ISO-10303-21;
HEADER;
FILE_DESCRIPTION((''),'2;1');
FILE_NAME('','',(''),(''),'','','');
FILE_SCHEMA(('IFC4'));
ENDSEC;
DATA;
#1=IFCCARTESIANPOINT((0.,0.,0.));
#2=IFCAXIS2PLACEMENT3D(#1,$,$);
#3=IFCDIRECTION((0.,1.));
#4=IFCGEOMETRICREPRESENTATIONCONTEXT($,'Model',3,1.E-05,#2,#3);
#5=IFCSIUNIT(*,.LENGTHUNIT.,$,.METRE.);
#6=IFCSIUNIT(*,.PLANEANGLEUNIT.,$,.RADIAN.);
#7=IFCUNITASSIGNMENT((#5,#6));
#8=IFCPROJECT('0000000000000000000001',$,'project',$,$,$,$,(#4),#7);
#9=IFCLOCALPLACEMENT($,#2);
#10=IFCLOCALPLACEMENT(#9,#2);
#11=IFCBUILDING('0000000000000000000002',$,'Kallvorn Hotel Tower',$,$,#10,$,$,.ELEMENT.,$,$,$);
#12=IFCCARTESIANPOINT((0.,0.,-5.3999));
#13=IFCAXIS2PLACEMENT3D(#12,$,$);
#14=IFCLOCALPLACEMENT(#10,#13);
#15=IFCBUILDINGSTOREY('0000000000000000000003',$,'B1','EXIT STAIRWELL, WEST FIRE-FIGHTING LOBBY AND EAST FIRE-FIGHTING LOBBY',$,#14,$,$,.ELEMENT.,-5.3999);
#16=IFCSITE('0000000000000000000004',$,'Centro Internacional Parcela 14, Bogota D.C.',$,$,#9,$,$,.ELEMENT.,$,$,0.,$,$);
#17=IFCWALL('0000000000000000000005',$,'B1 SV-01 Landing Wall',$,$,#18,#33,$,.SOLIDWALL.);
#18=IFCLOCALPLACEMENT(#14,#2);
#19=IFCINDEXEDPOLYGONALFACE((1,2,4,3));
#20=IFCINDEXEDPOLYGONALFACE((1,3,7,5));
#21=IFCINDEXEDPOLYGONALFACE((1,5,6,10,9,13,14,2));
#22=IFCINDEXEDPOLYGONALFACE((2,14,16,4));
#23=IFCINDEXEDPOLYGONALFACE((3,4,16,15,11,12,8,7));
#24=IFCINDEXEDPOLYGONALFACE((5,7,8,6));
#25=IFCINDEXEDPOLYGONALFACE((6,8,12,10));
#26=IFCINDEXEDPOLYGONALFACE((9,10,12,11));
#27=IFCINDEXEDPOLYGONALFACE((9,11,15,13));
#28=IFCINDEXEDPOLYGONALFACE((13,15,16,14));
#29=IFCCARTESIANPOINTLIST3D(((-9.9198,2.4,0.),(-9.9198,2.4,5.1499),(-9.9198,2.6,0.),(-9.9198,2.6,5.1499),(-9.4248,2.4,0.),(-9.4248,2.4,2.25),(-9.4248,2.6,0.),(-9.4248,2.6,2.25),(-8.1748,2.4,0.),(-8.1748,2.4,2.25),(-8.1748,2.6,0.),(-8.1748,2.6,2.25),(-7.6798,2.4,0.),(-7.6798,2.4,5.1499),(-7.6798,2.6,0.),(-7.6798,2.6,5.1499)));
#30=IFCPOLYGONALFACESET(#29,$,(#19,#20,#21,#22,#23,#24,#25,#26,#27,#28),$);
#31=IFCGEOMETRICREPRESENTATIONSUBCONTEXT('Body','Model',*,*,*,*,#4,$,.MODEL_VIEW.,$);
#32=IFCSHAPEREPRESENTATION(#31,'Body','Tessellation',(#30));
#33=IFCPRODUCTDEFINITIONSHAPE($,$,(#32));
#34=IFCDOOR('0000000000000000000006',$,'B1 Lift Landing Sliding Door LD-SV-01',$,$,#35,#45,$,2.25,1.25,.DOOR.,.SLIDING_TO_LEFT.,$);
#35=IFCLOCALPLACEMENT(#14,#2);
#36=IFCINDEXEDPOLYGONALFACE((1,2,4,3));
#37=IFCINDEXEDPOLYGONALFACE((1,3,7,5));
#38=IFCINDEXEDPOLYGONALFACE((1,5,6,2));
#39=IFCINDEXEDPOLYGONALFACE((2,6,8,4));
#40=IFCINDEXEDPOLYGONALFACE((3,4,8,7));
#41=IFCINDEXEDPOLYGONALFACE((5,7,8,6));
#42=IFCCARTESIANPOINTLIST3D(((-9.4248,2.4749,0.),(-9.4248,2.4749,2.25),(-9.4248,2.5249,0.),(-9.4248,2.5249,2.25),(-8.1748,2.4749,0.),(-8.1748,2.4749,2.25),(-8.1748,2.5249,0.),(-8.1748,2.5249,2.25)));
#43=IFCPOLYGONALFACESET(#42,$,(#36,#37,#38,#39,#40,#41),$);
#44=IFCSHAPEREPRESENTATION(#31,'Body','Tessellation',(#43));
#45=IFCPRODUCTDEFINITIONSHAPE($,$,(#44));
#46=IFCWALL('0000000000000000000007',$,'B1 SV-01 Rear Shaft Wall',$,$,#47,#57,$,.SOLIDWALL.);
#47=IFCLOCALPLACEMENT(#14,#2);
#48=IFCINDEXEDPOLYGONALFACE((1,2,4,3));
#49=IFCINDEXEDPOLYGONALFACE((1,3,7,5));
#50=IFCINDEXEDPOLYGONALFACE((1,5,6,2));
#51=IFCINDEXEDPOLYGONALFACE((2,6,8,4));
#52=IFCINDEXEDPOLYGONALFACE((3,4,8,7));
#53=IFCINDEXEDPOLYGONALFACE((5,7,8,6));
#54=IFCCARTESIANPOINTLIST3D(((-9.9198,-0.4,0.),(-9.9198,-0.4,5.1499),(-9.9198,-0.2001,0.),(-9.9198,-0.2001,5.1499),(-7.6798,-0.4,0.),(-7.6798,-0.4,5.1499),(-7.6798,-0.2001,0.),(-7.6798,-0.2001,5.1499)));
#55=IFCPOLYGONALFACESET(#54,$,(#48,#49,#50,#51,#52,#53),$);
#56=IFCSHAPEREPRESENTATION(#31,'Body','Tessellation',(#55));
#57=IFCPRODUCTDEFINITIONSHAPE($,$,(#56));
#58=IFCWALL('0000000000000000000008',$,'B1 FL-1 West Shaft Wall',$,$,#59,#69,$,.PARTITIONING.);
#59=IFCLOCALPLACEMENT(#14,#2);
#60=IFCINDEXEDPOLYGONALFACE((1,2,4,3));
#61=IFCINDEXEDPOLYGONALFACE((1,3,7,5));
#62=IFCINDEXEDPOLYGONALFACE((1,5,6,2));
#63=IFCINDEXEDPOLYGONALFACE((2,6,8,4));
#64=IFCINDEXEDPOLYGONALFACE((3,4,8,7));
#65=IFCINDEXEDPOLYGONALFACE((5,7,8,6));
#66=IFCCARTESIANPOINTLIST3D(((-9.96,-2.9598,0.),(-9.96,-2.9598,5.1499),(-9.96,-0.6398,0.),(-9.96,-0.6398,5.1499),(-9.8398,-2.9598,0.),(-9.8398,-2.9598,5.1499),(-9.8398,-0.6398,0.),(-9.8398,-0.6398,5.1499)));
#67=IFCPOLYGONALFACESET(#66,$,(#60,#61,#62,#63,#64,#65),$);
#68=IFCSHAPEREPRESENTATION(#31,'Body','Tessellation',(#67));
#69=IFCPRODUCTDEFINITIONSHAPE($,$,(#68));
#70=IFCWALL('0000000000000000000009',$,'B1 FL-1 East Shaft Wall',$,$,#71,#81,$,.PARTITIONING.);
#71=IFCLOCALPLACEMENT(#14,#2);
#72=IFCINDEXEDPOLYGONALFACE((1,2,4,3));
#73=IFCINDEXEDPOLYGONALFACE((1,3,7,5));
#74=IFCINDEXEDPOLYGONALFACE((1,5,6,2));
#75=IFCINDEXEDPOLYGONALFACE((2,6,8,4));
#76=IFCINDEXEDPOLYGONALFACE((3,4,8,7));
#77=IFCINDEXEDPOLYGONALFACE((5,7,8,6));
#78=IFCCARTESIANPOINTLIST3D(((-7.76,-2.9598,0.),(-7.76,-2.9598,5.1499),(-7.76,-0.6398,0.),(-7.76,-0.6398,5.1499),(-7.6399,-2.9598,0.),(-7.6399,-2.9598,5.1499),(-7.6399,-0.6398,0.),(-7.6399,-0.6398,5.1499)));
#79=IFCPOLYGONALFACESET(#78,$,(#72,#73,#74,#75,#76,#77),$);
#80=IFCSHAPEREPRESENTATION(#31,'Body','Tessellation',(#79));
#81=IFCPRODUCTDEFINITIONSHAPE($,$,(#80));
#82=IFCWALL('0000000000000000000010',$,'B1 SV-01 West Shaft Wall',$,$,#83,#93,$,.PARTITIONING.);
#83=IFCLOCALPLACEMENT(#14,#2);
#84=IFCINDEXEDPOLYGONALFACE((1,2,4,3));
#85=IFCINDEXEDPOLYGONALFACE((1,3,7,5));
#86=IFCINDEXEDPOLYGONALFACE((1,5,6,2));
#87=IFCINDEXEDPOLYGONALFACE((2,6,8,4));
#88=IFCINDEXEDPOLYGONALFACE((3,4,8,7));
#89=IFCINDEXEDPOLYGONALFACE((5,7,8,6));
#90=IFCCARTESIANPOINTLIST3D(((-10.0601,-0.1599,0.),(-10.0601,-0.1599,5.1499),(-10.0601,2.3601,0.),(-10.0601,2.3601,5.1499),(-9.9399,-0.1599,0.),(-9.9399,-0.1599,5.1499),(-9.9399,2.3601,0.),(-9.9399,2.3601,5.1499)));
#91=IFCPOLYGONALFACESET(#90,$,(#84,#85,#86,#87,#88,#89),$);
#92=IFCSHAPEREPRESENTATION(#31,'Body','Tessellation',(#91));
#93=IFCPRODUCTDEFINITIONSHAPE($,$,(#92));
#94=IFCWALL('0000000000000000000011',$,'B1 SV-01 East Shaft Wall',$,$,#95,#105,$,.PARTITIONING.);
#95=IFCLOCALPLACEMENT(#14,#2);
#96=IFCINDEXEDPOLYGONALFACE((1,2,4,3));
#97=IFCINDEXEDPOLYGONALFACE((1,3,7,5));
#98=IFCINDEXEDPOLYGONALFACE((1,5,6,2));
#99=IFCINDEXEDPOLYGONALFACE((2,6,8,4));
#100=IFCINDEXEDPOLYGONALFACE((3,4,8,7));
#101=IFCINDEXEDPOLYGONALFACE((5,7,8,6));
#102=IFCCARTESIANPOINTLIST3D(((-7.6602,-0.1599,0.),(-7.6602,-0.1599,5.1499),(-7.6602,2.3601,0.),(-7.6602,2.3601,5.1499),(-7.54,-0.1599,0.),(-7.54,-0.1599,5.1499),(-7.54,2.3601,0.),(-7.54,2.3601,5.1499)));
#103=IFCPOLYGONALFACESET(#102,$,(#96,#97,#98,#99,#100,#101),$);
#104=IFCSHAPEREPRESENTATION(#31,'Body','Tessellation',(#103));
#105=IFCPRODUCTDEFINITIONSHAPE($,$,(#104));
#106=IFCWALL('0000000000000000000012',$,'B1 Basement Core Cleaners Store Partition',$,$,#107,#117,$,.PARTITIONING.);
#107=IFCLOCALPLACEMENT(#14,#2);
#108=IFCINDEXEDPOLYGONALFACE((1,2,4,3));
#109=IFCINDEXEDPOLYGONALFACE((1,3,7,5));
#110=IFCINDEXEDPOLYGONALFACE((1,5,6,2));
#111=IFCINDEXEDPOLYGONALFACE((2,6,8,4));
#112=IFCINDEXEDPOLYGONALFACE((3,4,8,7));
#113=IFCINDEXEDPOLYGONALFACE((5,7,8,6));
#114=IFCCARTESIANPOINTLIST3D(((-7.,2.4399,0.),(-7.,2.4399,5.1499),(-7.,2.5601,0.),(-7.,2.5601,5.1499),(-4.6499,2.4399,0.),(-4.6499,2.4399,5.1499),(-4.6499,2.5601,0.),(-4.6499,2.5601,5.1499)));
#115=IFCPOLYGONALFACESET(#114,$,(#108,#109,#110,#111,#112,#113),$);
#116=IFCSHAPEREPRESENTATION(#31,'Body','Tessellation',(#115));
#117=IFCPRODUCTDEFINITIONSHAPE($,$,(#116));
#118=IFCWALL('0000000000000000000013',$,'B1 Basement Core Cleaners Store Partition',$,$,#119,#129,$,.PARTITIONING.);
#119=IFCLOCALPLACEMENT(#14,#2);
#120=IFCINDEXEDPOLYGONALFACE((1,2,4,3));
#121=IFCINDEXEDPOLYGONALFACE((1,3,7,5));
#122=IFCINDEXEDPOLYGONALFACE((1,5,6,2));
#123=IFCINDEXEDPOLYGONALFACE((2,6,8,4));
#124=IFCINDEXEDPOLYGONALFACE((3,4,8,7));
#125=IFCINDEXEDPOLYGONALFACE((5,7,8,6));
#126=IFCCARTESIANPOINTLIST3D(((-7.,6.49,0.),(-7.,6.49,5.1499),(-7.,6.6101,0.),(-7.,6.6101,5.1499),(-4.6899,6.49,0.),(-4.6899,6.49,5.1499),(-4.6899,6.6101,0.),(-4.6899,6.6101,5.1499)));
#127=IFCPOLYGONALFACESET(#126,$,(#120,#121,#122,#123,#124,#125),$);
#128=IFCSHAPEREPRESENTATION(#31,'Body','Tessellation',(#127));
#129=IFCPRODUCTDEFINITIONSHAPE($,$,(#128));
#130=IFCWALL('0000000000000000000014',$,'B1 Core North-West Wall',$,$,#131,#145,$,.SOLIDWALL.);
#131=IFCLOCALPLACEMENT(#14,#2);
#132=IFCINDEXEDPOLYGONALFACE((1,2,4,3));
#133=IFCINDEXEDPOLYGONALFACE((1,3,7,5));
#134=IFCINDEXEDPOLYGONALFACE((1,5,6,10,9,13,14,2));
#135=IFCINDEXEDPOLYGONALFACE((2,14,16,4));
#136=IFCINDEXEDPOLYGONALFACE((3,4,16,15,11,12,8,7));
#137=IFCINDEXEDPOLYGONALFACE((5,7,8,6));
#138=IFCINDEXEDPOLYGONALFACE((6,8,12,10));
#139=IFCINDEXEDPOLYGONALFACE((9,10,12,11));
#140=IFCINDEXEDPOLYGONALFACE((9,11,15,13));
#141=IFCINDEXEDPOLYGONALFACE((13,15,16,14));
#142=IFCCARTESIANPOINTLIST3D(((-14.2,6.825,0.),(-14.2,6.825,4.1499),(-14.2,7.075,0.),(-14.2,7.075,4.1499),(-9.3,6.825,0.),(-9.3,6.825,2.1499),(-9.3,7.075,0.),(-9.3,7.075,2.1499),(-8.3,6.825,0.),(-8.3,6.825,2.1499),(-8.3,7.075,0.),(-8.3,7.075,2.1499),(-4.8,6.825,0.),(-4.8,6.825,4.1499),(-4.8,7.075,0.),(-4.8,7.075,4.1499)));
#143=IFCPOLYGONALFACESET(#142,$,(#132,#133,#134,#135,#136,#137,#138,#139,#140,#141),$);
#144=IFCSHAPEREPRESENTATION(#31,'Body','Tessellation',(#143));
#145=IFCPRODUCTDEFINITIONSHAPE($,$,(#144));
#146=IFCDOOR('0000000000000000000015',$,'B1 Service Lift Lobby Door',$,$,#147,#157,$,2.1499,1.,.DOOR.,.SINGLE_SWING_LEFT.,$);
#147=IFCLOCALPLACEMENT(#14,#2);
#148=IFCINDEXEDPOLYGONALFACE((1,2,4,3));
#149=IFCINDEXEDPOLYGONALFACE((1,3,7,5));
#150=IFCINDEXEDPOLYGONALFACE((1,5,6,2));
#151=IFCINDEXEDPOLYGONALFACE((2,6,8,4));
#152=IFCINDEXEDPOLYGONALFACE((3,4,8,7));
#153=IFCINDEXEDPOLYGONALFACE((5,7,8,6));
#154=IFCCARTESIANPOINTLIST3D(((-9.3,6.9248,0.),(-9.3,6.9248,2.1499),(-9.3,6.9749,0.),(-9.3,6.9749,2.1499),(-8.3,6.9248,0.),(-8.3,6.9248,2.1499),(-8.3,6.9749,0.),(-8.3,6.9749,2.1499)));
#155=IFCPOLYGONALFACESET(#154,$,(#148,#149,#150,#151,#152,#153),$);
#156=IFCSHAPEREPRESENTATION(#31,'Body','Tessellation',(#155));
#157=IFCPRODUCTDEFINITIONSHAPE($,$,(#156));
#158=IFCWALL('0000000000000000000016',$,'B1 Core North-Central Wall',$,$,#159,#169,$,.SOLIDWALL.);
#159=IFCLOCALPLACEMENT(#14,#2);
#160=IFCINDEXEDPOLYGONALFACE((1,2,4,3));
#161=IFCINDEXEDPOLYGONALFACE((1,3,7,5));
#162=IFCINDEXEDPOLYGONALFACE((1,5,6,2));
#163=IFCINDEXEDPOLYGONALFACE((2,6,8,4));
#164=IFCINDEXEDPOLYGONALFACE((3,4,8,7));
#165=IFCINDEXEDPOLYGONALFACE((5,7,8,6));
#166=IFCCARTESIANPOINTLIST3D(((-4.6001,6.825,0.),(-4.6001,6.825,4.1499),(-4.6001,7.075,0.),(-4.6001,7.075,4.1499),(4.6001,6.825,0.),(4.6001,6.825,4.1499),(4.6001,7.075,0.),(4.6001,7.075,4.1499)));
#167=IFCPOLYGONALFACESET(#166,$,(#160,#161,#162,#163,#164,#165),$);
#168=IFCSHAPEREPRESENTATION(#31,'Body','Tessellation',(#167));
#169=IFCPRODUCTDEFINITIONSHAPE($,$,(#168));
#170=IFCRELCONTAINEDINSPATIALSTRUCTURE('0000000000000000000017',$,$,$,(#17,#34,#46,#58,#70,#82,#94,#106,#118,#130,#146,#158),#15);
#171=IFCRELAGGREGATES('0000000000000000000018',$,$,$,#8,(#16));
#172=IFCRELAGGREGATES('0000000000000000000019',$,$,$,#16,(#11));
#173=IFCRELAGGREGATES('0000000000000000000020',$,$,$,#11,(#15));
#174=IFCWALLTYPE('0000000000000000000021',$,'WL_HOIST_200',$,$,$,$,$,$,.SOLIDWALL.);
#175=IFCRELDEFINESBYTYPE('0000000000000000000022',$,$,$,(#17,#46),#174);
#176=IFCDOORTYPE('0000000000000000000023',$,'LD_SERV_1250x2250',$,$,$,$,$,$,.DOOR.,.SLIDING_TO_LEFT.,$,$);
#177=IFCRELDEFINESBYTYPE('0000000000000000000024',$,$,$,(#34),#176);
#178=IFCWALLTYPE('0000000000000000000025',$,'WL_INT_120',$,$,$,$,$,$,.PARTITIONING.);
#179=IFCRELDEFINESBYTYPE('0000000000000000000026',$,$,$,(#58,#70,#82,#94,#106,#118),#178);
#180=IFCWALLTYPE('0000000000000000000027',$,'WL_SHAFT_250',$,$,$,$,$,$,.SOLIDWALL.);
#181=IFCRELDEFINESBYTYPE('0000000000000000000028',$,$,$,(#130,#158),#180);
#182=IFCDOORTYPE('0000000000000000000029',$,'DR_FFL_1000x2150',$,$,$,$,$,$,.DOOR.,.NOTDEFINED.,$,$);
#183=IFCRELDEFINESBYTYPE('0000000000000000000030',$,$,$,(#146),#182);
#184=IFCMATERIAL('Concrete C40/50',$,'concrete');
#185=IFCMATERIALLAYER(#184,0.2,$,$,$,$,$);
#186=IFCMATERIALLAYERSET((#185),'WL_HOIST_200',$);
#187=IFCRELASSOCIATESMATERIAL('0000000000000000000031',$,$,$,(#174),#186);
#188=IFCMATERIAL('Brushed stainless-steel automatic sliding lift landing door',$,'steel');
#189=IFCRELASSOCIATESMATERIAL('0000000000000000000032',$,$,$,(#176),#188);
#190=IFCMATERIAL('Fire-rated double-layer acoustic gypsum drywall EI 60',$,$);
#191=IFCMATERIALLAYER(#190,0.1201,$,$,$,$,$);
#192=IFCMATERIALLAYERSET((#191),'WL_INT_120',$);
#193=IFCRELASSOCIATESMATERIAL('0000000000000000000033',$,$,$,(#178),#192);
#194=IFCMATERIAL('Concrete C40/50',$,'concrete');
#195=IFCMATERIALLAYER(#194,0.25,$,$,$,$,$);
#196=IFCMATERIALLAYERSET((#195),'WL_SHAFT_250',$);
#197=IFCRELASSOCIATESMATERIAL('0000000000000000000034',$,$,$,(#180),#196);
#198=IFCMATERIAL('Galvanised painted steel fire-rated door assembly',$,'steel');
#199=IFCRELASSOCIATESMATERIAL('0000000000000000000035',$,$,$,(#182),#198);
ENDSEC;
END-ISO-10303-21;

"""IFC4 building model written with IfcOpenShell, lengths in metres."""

from ifc_helpers import new_model, si_unit, direction, frame, frame_2d, origin, place, context, subcontext, project, spatial, rectangle, extrude, material, layer, layer_set, type_object, element, fill, save


model = new_model("IFC4")

# Units and contexts
model_context = context("Model", 3, precision=1e-05, world=origin(), true_north=direction((0.0, 1.0)))
body_context = subcontext(model_context, "Body", "Model", "MODEL_VIEW")
ifc_project = project(units=[si_unit("LENGTHUNIT", "METRE"), si_unit("PLANEANGLEUNIT", "RADIAN")], contexts=[model_context])

# Site, building, storey
site_placement = place(None, origin())
site = spatial("IfcSite", under=ifc_project, at=site_placement, Name="Centro Internacional Parcela 14, Bogota D.C.", CompositionType="ELEMENT", RefElevation=0.0)
building_placement = place(site_placement, origin())
building = spatial("IfcBuilding", under=site, at=building_placement, Name="Kallvorn Hotel Tower", CompositionType="ELEMENT")
storey_placement = place(building_placement, frame((0.0, 0.0, -5.3999)))
storey = spatial("IfcBuildingStorey", under=building, at=storey_placement, Name="B1", Description="EXIT STAIRWELL, WEST FIRE-FIGHTING LOBBY AND EAST FIRE-FIGHTING LOBBY", CompositionType="ELEMENT", Elevation=-5.3999)

# Shared definitions
ifc_material_1 = material(Name="Concrete C40/50", Category="concrete")
ifc_layer_1 = layer(ifc_material_1, 0.2)
ifc_layer_set_1 = layer_set([ifc_layer_1], Name="WL_HOIST_200")
wall_type_1 = type_object("IfcWallType", Name="WL_HOIST_200", PredefinedType="SOLIDWALL", material=ifc_layer_set_1)

# Wall, opening, door
wall_1_placement = place(storey_placement, frame((-9.9199, 2.5, 0.0), z_axis=(0.0, 0.0, 1.0), x_axis=(1.0, 0.0, 0.0)))
wall_1 = element("IfcWall", 1, at=wall_1_placement, inside=storey, type_object=wall_type_1, Name="B1 SV-01 Landing Wall", PredefinedType="SOLIDWALL", context=body_context, shape_type="SweptSolid", body=[
    extrude(rectangle(XDim=2.24, YDim=0.2, at=frame_2d((1.1201, 0.0))), origin(), (0.0, 0.0, 1.0), 5.1499),
])
opening_1_placement = place(wall_1_placement, frame((0.4951, 0.0, 0.0)))
opening_1 = element("IfcOpeningElement", 2, at=opening_1_placement, cuts=wall_1, PredefinedType="OPENING", context=body_context, shape_type="SweptSolid", body=[
    extrude(rectangle(XDim=1.25, YDim=2.25, at=frame_2d((0.625, 1.125))), frame((0.0, 0.115, 0.0), z_axis=(0.0, -1.0, 0.0), x_axis=(1.0, 0.0, 0.0)), (0.0, 0.0, 1.0), 0.23),
])
ifc_material_2 = material(Name="Brushed stainless-steel automatic sliding lift landing door", Category="steel")
door_type_1 = type_object("IfcDoorType", Name="LD_SERV_1250x2250", OperationType="SLIDING_TO_LEFT", PredefinedType="DOOR", material=ifc_material_2)
door_1_placement = place(opening_1_placement, origin())
door_1 = element("IfcDoor", 3, at=door_1_placement, inside=storey, type_object=door_type_1, Name="B1 Lift Landing Sliding Door LD-SV-01", OperationType="SLIDING_TO_LEFT", OverallHeight=2.25, OverallWidth=1.25, PredefinedType="DOOR", context=body_context, shape_type="SweptSolid", body=[
    extrude(rectangle(XDim=1.25, YDim=2.25, at=frame_2d((0.625, 1.125))), frame((0.0, 0.0249, 0.0), z_axis=(0.0, -1.0, 0.0), x_axis=(1.0, 0.0, 0.0)), (0.0, 0.0, 1.0), 0.05),
])
fill(opening_1, door_1)

# Walls
wall_2_placement = place(storey_placement, frame((-9.9199, -0.3, 0.0), z_axis=(0.0, 0.0, 1.0), x_axis=(1.0, 0.0, 0.0)))
element("IfcWall", 4, at=wall_2_placement, inside=storey, type_object=wall_type_1, Name="B1 SV-01 Rear Shaft Wall", PredefinedType="SOLIDWALL", context=body_context, shape_type="SweptSolid", body=[
    extrude(rectangle(XDim=2.24, YDim=0.2, at=frame_2d((1.1201, 0.0))), origin(), (0.0, 0.0, 1.0), 5.1499),
])
ifc_material_3 = material(Name="Fire-rated double-layer acoustic gypsum drywall EI 60")
ifc_layer_2 = layer(ifc_material_3, 0.1201)
ifc_layer_set_2 = layer_set([ifc_layer_2], Name="WL_INT_120")
wall_type_2 = type_object("IfcWallType", Name="WL_INT_120", PredefinedType="PARTITIONING", material=ifc_layer_set_2)
for number, where, z_axis, x_axis, name in (
    (5, (-9.8999, -2.96, 0.0), (0.0, 0.0, 1.0), (0.0, 1.0, 0.0), "B1 FL-1 West Shaft Wall"),
    (6, (-7.7, -2.96, 0.0), (0.0, 0.0, 1.0), (0.0, 1.0, 0.0), "B1 FL-1 East Shaft Wall"),
):
    element("IfcWall", number, at=place(storey_placement, frame(where, z_axis=z_axis, x_axis=x_axis)), inside=storey, type_object=wall_type_2, Name=name, PredefinedType="PARTITIONING", context=body_context, shape_type="SweptSolid", body=[
        extrude(rectangle(XDim=2.3201, YDim=0.1201, at=frame_2d((1.1602, 0.0))), origin(), (0.0, 0.0, 1.0), 5.1499),
    ])
for number, where, z_axis, x_axis, name in (
    (7, (-10.0, -0.1599, 0.0), (0.0, 0.0, 1.0), (0.0, 1.0, 0.0), "B1 SV-01 West Shaft Wall"),
    (8, (-7.6001, -0.1599, 0.0), (0.0, 0.0, 1.0), (0.0, 1.0, 0.0), "B1 SV-01 East Shaft Wall"),
):
    element("IfcWall", number, at=place(storey_placement, frame(where, z_axis=z_axis, x_axis=x_axis)), inside=storey, type_object=wall_type_2, Name=name, PredefinedType="PARTITIONING", context=body_context, shape_type="SweptSolid", body=[
        extrude(rectangle(XDim=2.52, YDim=0.1201, at=frame_2d((1.26, 0.0))), origin(), (0.0, 0.0, 1.0), 5.1499),
    ])
wall_3_placement = place(storey_placement, frame((-7.0, 2.5, 0.0), z_axis=(0.0, 0.0, 1.0), x_axis=(1.0, 0.0, 0.0)))
element("IfcWall", 9, at=wall_3_placement, inside=storey, type_object=wall_type_2, Name="B1 Basement Core Cleaners Store Partition", PredefinedType="PARTITIONING", context=body_context, shape_type="SweptSolid", body=[
    extrude(rectangle(XDim=2.3501, YDim=0.1201, at=frame_2d((1.175, 0.0))), origin(), (0.0, 0.0, 1.0), 5.1499),
])
wall_4_placement = place(storey_placement, frame((-7.0, 6.55, 0.0), z_axis=(0.0, 0.0, 1.0), x_axis=(1.0, 0.0, 0.0)))
element("IfcWall", 10, at=wall_4_placement, inside=storey, type_object=wall_type_2, Name="B1 Basement Core Cleaners Store Partition", PredefinedType="PARTITIONING", context=body_context, shape_type="SweptSolid", body=[
    extrude(rectangle(XDim=2.3101, YDim=0.1201, at=frame_2d((1.155, 0.0))), origin(), (0.0, 0.0, 1.0), 5.1499),
])

# Wall, opening, door
ifc_material_4 = material(Name="Concrete C40/50", Category="concrete")
ifc_layer_3 = layer(ifc_material_4, 0.25)
ifc_layer_set_3 = layer_set([ifc_layer_3], Name="WL_SHAFT_250")
wall_type_3 = type_object("IfcWallType", Name="WL_SHAFT_250", PredefinedType="SOLIDWALL", material=ifc_layer_set_3)
wall_5_placement = place(storey_placement, frame((-14.2, 6.95, 0.0), z_axis=(0.0, 0.0, 1.0), x_axis=(1.0, 0.0, 0.0)))
wall_5 = element("IfcWall", 11, at=wall_5_placement, inside=storey, type_object=wall_type_3, Name="B1 Core North-West Wall", PredefinedType="SOLIDWALL", context=body_context, shape_type="SweptSolid", body=[
    extrude(rectangle(XDim=9.3999, YDim=0.25, at=frame_2d((4.7, 0.0))), origin(), (0.0, 0.0, 1.0), 4.1499),
])
opening_2_placement = place(wall_5_placement, frame((4.8999, 0.0, 0.0)))
opening_2 = element("IfcOpeningElement", 12, at=opening_2_placement, cuts=wall_5, PredefinedType="OPENING", context=body_context, shape_type="SweptSolid", body=[
    extrude(rectangle(XDim=1.0, YDim=2.1499, at=frame_2d((0.5, 1.075))), frame((0.0, 0.1399, 0.0), z_axis=(0.0, -1.0, 0.0), x_axis=(1.0, 0.0, 0.0)), (0.0, 0.0, 1.0), 0.28),
])
ifc_material_5 = material(Name="Galvanised painted steel fire-rated door assembly", Category="steel")
door_type_2 = type_object("IfcDoorType", Name="DR_FFL_1000x2150", OperationType="NOTDEFINED", PredefinedType="DOOR", material=ifc_material_5)
door_2_placement = place(opening_2_placement, origin())
door_2 = element("IfcDoor", 13, at=door_2_placement, inside=storey, type_object=door_type_2, Name="B1 Service Lift Lobby Door", OperationType="SINGLE_SWING_LEFT", OverallHeight=2.1499, OverallWidth=1.0, PredefinedType="DOOR", context=body_context, shape_type="SweptSolid", body=[
    extrude(rectangle(XDim=1.0, YDim=2.1499, at=frame_2d((0.5, 1.075))), frame((0.0, 0.0249, 0.0), z_axis=(0.0, -1.0, 0.0), x_axis=(1.0, 0.0, 0.0)), (0.0, 0.0, 1.0), 0.05),
])
fill(opening_2, door_2)

# Wall
wall_6_placement = place(storey_placement, frame((-4.6001, 6.95, 0.0), z_axis=(0.0, 0.0, 1.0), x_axis=(1.0, 0.0, 0.0)))
element("IfcWall", 14, at=wall_6_placement, inside=storey, type_object=wall_type_3, Name="B1 Core North-Central Wall", PredefinedType="SOLIDWALL", context=body_context, shape_type="SweptSolid", body=[
    extrude(rectangle(XDim=9.2002, YDim=0.25, at=frame_2d((4.6001, 0.0))), origin(), (0.0, 0.0, 1.0), 4.1499),
])

save(model, "model.ifc")
